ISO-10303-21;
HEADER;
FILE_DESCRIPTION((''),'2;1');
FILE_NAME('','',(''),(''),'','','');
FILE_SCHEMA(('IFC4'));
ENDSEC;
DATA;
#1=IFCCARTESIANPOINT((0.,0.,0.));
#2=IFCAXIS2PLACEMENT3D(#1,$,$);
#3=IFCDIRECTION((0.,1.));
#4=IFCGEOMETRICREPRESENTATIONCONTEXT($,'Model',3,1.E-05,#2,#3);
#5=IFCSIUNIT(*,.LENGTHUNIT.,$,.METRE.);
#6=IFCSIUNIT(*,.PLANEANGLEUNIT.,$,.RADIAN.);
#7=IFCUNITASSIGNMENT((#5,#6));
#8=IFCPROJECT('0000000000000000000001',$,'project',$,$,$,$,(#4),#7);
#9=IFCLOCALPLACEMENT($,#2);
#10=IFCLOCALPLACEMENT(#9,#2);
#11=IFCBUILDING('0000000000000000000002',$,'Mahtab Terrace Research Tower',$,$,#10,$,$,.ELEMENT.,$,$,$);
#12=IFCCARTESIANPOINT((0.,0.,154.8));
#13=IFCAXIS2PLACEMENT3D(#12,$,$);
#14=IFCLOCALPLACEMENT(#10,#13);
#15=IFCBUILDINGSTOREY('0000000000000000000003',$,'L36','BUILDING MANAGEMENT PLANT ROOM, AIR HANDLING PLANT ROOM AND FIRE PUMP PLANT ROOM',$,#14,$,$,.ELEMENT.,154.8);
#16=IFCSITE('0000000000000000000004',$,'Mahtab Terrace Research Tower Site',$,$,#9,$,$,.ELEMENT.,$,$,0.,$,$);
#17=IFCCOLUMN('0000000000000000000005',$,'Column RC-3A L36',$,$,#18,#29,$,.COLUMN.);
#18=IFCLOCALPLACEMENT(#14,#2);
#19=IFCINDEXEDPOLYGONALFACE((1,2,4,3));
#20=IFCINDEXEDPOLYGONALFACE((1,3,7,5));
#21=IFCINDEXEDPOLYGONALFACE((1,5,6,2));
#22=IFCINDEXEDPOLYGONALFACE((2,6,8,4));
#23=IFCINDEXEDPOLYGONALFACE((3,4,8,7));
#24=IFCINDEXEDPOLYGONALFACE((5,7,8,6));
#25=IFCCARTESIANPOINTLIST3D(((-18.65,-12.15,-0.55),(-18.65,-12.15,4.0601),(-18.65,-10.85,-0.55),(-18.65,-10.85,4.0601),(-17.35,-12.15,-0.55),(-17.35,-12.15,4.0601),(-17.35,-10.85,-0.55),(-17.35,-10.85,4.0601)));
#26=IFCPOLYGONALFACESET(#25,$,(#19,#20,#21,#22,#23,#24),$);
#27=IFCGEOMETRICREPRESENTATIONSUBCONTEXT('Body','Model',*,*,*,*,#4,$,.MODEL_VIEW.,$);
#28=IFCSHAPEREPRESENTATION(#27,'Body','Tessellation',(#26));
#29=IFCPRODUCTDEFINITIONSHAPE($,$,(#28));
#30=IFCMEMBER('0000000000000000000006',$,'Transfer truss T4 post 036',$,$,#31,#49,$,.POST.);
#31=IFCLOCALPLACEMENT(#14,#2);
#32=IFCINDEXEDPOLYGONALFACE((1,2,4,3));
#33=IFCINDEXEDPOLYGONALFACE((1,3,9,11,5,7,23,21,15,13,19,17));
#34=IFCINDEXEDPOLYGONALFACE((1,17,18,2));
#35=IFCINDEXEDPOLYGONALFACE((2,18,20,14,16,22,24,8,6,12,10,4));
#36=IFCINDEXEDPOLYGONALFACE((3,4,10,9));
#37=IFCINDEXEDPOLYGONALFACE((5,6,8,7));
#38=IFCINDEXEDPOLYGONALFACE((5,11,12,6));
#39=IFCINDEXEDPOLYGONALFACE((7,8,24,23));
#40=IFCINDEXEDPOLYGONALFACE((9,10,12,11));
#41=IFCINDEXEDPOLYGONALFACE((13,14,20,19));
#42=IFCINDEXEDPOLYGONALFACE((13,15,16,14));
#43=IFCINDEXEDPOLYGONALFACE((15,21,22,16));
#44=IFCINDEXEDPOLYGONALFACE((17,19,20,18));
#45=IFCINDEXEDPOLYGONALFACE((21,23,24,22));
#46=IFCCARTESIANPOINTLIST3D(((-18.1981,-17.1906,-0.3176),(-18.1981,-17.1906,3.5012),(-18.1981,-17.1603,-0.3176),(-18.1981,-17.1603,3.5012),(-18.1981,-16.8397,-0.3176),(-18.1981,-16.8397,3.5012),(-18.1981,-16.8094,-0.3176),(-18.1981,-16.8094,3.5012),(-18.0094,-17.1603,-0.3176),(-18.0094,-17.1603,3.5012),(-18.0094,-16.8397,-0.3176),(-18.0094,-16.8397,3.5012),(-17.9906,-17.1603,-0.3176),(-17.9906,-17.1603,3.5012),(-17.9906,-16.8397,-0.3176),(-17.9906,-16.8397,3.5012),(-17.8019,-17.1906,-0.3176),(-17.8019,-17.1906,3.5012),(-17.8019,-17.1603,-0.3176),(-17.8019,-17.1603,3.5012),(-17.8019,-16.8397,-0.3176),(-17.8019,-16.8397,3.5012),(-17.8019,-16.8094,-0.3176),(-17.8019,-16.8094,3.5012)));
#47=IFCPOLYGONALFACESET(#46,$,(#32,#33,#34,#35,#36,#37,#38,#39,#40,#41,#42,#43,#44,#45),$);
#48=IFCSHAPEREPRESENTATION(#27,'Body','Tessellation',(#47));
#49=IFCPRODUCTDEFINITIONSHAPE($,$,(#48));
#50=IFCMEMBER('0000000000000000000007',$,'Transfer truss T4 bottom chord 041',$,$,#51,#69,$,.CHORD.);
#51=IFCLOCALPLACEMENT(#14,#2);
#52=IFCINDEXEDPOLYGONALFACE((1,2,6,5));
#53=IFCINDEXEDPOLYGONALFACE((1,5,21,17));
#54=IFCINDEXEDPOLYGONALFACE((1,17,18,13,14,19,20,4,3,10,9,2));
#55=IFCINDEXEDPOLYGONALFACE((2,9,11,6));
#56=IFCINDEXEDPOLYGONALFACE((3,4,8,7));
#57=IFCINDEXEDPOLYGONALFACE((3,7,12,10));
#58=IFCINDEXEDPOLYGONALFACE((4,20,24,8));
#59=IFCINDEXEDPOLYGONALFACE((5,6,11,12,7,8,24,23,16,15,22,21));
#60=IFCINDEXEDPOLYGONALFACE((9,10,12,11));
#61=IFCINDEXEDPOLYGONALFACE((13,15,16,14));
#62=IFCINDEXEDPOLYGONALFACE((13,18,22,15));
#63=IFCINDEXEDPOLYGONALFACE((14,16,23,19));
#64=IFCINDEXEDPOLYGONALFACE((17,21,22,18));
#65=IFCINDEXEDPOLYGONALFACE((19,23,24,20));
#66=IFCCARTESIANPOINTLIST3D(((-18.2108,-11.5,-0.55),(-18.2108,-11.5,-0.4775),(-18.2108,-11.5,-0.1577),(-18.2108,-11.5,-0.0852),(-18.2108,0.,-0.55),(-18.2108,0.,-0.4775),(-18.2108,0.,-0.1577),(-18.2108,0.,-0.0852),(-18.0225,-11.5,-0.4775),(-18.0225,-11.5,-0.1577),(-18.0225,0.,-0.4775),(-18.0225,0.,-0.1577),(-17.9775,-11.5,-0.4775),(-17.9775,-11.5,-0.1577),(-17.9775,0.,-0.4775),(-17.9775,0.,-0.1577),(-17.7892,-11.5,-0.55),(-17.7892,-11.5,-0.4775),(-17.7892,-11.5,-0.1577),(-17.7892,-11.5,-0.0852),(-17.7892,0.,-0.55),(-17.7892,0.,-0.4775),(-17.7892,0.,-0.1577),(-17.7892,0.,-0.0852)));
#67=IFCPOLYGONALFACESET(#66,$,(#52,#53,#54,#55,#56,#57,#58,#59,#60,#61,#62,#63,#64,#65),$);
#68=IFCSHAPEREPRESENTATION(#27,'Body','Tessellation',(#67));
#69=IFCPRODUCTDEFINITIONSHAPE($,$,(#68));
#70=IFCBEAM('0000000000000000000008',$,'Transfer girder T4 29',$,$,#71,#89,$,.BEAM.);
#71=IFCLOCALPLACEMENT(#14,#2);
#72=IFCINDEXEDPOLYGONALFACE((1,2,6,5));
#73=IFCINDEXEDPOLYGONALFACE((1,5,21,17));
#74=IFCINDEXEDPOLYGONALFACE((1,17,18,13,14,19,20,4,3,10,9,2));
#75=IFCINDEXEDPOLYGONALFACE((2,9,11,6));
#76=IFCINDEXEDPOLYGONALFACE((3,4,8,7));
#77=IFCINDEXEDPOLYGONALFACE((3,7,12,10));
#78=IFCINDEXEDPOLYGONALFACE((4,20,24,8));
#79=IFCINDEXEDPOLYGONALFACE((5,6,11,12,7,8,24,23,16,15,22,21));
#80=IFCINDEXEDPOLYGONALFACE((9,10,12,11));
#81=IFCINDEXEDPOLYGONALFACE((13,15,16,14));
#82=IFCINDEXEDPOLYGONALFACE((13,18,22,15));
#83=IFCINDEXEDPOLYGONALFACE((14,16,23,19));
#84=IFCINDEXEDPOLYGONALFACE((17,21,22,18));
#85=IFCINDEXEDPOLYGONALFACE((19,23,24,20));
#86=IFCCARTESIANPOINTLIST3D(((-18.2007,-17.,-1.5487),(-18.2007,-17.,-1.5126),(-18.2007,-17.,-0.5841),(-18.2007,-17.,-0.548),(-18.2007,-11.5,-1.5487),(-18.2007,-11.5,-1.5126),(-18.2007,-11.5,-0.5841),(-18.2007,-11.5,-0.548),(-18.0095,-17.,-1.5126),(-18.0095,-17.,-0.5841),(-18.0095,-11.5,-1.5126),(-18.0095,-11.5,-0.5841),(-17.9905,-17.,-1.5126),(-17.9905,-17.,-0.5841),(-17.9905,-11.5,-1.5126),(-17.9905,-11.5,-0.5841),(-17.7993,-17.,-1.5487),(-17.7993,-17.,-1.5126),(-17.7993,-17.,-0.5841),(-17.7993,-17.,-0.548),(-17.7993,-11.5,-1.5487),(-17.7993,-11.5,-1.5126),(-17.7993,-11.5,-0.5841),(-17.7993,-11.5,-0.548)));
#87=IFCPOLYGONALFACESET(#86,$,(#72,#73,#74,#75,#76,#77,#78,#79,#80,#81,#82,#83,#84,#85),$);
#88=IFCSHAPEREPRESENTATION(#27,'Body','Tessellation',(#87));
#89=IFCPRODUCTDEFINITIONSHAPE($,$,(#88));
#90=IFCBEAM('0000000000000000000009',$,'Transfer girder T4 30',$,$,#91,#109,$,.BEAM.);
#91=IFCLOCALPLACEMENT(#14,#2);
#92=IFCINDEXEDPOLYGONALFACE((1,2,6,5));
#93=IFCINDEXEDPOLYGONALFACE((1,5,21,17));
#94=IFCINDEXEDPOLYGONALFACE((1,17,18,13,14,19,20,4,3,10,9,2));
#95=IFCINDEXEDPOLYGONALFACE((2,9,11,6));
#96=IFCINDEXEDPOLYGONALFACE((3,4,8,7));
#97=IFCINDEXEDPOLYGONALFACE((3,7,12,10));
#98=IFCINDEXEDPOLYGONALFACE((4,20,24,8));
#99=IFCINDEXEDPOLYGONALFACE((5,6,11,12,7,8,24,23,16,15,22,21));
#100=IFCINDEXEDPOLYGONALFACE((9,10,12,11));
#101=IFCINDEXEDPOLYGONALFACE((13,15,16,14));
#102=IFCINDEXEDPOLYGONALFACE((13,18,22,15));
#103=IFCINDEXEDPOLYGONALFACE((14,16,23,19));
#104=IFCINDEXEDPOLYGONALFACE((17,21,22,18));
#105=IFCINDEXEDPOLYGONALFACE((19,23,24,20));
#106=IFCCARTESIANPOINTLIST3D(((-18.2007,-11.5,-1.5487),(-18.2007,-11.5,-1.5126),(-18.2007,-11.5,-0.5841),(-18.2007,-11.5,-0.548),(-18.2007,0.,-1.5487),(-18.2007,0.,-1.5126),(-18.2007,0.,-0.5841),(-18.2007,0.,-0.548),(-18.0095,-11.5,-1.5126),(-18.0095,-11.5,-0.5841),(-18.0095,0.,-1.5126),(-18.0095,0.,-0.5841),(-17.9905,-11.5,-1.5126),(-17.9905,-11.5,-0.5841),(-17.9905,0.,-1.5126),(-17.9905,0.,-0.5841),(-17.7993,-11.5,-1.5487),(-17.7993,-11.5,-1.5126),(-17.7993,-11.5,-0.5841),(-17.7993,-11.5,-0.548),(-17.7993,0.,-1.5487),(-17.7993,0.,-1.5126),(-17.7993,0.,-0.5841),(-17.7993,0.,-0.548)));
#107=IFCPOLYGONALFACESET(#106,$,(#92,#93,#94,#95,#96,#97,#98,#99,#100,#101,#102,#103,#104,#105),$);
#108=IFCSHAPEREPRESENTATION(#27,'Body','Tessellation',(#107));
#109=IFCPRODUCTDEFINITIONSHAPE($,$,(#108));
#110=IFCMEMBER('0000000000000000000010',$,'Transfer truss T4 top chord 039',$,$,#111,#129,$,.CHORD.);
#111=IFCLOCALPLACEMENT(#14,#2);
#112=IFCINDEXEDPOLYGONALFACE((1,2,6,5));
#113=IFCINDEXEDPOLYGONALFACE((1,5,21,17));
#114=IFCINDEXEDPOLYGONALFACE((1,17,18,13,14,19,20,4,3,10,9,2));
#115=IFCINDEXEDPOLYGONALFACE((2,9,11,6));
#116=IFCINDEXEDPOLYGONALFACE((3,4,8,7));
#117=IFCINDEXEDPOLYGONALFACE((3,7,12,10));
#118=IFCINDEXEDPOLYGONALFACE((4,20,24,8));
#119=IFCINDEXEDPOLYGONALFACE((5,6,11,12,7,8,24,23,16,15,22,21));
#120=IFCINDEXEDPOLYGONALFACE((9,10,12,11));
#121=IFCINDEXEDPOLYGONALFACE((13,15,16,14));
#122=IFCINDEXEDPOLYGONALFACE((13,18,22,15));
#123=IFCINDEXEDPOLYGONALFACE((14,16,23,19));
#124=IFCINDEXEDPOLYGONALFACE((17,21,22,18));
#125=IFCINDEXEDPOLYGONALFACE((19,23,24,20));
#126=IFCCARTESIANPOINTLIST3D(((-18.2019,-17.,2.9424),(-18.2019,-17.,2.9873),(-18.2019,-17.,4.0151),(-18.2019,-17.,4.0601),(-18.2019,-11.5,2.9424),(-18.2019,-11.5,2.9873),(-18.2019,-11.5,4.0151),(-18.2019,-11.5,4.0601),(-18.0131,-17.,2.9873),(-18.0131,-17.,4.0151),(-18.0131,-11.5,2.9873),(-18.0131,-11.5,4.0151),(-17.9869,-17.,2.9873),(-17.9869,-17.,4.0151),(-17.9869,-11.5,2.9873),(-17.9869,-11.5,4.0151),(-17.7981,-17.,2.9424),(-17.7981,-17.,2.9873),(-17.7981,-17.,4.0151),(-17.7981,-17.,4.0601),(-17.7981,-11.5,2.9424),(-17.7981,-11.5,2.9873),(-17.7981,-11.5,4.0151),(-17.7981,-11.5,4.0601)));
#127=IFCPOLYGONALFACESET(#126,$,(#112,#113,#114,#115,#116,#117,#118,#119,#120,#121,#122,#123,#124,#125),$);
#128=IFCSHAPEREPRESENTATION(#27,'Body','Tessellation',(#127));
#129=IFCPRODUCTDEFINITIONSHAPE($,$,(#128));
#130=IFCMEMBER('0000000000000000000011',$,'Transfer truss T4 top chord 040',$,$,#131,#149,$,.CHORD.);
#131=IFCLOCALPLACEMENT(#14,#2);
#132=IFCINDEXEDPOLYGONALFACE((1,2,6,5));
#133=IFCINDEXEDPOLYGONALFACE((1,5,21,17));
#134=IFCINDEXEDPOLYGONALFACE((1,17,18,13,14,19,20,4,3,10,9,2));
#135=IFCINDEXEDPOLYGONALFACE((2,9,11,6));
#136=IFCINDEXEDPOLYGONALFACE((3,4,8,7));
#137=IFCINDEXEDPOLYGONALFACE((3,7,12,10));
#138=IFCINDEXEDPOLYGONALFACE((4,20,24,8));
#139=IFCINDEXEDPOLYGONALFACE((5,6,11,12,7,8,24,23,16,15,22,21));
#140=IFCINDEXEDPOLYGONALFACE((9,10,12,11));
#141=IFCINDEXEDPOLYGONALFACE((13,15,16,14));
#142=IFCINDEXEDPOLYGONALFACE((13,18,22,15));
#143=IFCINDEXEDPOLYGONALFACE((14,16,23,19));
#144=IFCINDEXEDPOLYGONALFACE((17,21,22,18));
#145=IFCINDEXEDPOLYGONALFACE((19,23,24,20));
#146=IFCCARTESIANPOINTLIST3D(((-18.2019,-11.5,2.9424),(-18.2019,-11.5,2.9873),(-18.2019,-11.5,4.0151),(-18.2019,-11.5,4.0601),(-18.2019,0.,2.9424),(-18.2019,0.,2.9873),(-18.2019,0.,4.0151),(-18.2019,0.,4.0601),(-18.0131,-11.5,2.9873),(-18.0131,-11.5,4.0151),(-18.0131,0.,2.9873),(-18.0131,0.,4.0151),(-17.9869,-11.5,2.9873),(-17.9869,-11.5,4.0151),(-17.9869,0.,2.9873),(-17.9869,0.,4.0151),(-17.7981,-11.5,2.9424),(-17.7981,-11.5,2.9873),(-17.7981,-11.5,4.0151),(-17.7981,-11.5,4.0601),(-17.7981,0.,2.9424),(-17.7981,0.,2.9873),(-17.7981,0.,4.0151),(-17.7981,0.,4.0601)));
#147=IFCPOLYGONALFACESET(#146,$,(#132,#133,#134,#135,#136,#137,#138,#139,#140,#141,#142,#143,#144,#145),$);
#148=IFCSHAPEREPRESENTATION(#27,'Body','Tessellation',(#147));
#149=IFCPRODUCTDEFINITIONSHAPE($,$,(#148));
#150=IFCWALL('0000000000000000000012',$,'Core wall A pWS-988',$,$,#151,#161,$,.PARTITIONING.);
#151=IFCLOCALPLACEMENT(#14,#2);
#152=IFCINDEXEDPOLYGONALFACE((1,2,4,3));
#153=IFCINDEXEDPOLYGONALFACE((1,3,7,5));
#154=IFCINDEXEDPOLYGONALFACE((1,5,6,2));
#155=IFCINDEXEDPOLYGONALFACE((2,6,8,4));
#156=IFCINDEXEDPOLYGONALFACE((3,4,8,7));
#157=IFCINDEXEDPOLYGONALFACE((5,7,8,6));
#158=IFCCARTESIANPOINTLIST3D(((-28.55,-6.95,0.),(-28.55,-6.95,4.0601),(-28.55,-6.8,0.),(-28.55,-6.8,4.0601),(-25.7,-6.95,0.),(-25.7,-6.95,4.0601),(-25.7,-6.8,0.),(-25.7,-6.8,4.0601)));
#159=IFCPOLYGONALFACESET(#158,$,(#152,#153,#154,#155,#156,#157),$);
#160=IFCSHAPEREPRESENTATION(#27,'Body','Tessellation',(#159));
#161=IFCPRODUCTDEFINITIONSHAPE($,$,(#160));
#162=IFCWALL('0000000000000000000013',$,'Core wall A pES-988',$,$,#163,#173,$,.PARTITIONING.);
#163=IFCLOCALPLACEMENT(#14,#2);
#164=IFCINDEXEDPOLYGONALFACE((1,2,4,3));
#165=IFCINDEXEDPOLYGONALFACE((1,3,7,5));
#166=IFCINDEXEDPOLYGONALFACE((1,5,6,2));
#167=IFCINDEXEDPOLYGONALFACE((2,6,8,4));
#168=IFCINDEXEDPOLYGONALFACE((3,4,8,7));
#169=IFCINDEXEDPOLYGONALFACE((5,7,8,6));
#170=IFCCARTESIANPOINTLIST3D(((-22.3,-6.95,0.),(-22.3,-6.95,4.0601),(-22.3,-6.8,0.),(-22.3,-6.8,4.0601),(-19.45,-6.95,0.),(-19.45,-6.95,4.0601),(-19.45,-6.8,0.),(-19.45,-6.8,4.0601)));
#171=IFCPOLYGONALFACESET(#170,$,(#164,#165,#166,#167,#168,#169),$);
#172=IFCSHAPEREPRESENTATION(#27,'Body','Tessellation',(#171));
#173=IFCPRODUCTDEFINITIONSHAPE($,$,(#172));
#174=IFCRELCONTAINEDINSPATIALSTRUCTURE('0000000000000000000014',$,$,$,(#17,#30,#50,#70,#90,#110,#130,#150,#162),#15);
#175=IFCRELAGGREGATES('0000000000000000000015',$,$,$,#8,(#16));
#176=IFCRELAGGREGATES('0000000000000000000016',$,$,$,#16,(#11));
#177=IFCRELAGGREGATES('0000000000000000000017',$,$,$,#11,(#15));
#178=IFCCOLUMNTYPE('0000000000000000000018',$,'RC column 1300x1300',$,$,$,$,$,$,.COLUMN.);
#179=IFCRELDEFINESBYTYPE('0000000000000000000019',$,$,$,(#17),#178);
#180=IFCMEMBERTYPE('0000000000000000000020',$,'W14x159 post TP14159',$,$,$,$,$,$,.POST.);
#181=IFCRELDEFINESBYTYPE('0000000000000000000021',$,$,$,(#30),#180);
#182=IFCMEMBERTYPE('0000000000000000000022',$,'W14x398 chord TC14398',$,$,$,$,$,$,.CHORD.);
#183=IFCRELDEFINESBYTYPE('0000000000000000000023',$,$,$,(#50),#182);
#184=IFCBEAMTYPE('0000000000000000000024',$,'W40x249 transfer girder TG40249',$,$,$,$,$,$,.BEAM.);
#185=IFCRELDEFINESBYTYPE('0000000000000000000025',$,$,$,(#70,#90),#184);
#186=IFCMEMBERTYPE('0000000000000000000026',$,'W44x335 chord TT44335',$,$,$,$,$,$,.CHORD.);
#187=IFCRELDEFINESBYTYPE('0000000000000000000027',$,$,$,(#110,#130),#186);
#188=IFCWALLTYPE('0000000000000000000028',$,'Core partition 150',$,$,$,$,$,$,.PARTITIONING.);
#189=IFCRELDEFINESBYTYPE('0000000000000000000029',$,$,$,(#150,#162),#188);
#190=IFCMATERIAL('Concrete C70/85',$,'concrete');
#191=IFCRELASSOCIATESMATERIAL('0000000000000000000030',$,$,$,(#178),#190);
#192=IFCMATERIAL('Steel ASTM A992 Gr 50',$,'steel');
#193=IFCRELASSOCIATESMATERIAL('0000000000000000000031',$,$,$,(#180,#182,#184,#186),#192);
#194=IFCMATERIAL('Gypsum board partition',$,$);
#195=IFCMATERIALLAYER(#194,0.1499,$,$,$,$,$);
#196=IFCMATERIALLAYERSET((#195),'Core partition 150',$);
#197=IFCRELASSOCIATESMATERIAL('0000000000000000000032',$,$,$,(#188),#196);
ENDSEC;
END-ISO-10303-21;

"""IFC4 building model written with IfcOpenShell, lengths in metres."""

from ifc_helpers import new_model, si_unit, direction, frame, frame_2d, origin, origin_2d, place, context, subcontext, project, spatial, rectangle, i_section, extrude, material, layer, layer_set, material_profile, profile_set, type_object, element, save


model = new_model("IFC4")

# Units and contexts
model_context = context("Model", 3, precision=1e-05, world=origin(), true_north=direction((0.0, 1.0)))
body_context = subcontext(model_context, "Body", "Model", "MODEL_VIEW")
ifc_project = project(units=[si_unit("LENGTHUNIT", "METRE"), si_unit("PLANEANGLEUNIT", "RADIAN")], contexts=[model_context])

# Site, building, storey
site_placement = place(None, origin())
site = spatial("IfcSite", under=ifc_project, at=site_placement, Name="Mahtab Terrace Research Tower Site", CompositionType="ELEMENT", RefElevation=0.0)
building_placement = place(site_placement, origin())
building = spatial("IfcBuilding", under=site, at=building_placement, Name="Mahtab Terrace Research Tower", CompositionType="ELEMENT")
storey_placement = place(building_placement, frame((0.0, 0.0, 154.8)))
storey = spatial("IfcBuildingStorey", under=building, at=storey_placement, Name="L36", Description="BUILDING MANAGEMENT PLANT ROOM, AIR HANDLING PLANT ROOM AND FIRE PUMP PLANT ROOM", CompositionType="ELEMENT", Elevation=154.8)

# Column
ifc_material_1 = material(Name="Concrete C70/85", Category="concrete")
ifc_material_profile_1 = material_profile(ifc_material_1, rectangle(XDim=1.3, YDim=1.3, at=origin_2d()), Name="RC column 1300x1300")
ifc_profile_set_1 = profile_set([ifc_material_profile_1], Name="Concrete C70/85")
column_type = type_object("IfcColumnType", Name="RC column 1300x1300", PredefinedType="COLUMN", material=ifc_profile_set_1)
column_placement = place(storey_placement, frame((-18.0, -11.5, -0.55), z_axis=(0.0, 0.0, 1.0), x_axis=(1.0, 0.0, 0.0)))
element("IfcColumn", 1, at=column_placement, inside=storey, type_object=column_type, Name="Column RC-3A L36", PredefinedType="COLUMN", context=body_context, shape_type="SweptSolid", body=[
    extrude(rectangle(XDim=1.3, YDim=1.3, at=origin_2d()), origin(), (0.0, 0.0, 1.0), 4.6101),
])

# Members
ifc_material_2 = material(Name="Steel ASTM A992 Gr 50", Category="steel")
ifc_material_profile_2 = material_profile(ifc_material_2, i_section(OverallWidth=0.3962, OverallDepth=0.3811, WebThickness=0.0188, FlangeThickness=0.0303, at=origin_2d()), Name="W14X159")
ifc_profile_set_2 = profile_set([ifc_material_profile_2], Name="Steel ASTM A992 Gr 50")
member_type_1 = type_object("IfcMemberType", Name="W14x159 post TP14159", PredefinedType="POST", material=ifc_profile_set_2)
member_1_placement = place(storey_placement, frame((-18.0, -17.0, -0.3176), z_axis=(0.0, 0.0, 1.0), x_axis=(1.0, 0.0, 0.0)))
element("IfcMember", 2, at=member_1_placement, inside=storey, type_object=member_type_1, Name="Transfer truss T4 post 036", PredefinedType="POST", context=body_context, shape_type="SweptSolid", body=[
    extrude(i_section(OverallWidth=0.3962, OverallDepth=0.3811, WebThickness=0.0188, FlangeThickness=0.0303, at=origin_2d()), origin(), (0.0, 0.0, 1.0), 3.8188),
])
ifc_material_profile_3 = material_profile(ifc_material_2, i_section(OverallWidth=0.4216, OverallDepth=0.4648, WebThickness=0.0449, FlangeThickness=0.0725, at=origin_2d()), Name="W14X398")
ifc_profile_set_3 = profile_set([ifc_material_profile_3], Name="Steel ASTM A992 Gr 50")
member_type_2 = type_object("IfcMemberType", Name="W14x398 chord TC14398", PredefinedType="CHORD", material=ifc_profile_set_3)
member_2_placement = place(storey_placement, frame((-18.0, -11.5, -0.3176), z_axis=(0.0, 1.0, 0.0), x_axis=(-1.0, 0.0, 0.0)))
element("IfcMember", 3, at=member_2_placement, inside=storey, type_object=member_type_2, Name="Transfer truss T4 bottom chord 041", PredefinedType="CHORD", context=body_context, shape_type="SweptSolid", body=[
    extrude(i_section(OverallWidth=0.4216, OverallDepth=0.4648, WebThickness=0.0449, FlangeThickness=0.0725, at=origin_2d()), origin(), (0.0, 0.0, 1.0), 11.5),
])

# Beams
ifc_material_profile_4 = material_profile(ifc_material_2, i_section(OverallWidth=0.4014, OverallDepth=1.0007, WebThickness=0.019, FlangeThickness=0.0361, at=origin_2d()), Name="W40X249")
ifc_profile_set_4 = profile_set([ifc_material_profile_4], Name="Steel ASTM A992 Gr 50")
beam_type = type_object("IfcBeamType", Name="W40x249 transfer girder TG40249", PredefinedType="BEAM", material=ifc_profile_set_4)
beam_1_placement = place(storey_placement, frame((-18.0, -17.0, -1.0483), z_axis=(0.0, 1.0, 0.0), x_axis=(-1.0, 0.0, 0.0)))
element("IfcBeam", 4, at=beam_1_placement, inside=storey, type_object=beam_type, Name="Transfer girder T4 29", PredefinedType="BEAM", context=body_context, shape_type="SweptSolid", body=[
    extrude(i_section(OverallWidth=0.4014, OverallDepth=1.0007, WebThickness=0.019, FlangeThickness=0.0361, at=origin_2d()), origin(), (0.0, 0.0, 1.0), 5.5),
])
beam_2_placement = place(storey_placement, frame((-18.0, -11.5, -1.0483), z_axis=(0.0, 1.0, 0.0), x_axis=(-1.0, 0.0, 0.0)))
element("IfcBeam", 5, at=beam_2_placement, inside=storey, type_object=beam_type, Name="Transfer girder T4 30", PredefinedType="BEAM", context=body_context, shape_type="SweptSolid", body=[
    extrude(i_section(OverallWidth=0.4014, OverallDepth=1.0007, WebThickness=0.019, FlangeThickness=0.0361, at=origin_2d()), origin(), (0.0, 0.0, 1.0), 11.5),
])

# Members
ifc_material_profile_5 = material_profile(ifc_material_2, i_section(OverallWidth=0.4038, OverallDepth=1.1177, WebThickness=0.0261, FlangeThickness=0.0449, at=origin_2d()), Name="W44X335")
ifc_profile_set_5 = profile_set([ifc_material_profile_5], Name="Steel ASTM A992 Gr 50")
member_type_3 = type_object("IfcMemberType", Name="W44x335 chord TT44335", PredefinedType="CHORD", material=ifc_profile_set_5)
member_3_placement = place(storey_placement, frame((-18.0, -17.0, 3.5012), z_axis=(0.0, 1.0, 0.0), x_axis=(-1.0, 0.0, 0.0)))
element("IfcMember", 6, at=member_3_placement, inside=storey, type_object=member_type_3, Name="Transfer truss T4 top chord 039", PredefinedType="CHORD", context=body_context, shape_type="SweptSolid", body=[
    extrude(i_section(OverallWidth=0.4038, OverallDepth=1.1177, WebThickness=0.0261, FlangeThickness=0.0449, at=origin_2d()), origin(), (0.0, 0.0, 1.0), 5.5),
])
member_4_placement = place(storey_placement, frame((-18.0, -11.5, 3.5012), z_axis=(0.0, 1.0, 0.0), x_axis=(-1.0, 0.0, 0.0)))
element("IfcMember", 7, at=member_4_placement, inside=storey, type_object=member_type_3, Name="Transfer truss T4 top chord 040", PredefinedType="CHORD", context=body_context, shape_type="SweptSolid", body=[
    extrude(i_section(OverallWidth=0.4038, OverallDepth=1.1177, WebThickness=0.0261, FlangeThickness=0.0449, at=origin_2d()), origin(), (0.0, 0.0, 1.0), 11.5),
])

# Walls
ifc_material_3 = material(Name="Gypsum board partition")
ifc_layer_1 = layer(ifc_material_3, 0.1499)
ifc_layer_set_1 = layer_set([ifc_layer_1], Name="Core partition 150")
wall_type_1 = type_object("IfcWallType", Name="Core partition 150", PredefinedType="PARTITIONING", material=ifc_layer_set_1)
for number, where, z_axis, x_axis, name in (
    (8, (-28.55, -6.875, 0.0), (0.0, 0.0, 1.0), (1.0, 0.0, 0.0), "Core wall A pWS-988"),
    (9, (-22.3, -6.875, 0.0), (0.0, 0.0, 1.0), (1.0, 0.0, 0.0), "Core wall A pES-988"),
):
    element("IfcWall", number, at=place(storey_placement, frame(where, z_axis=z_axis, x_axis=x_axis)), inside=storey, type_object=wall_type_1, Name=name, PredefinedType="PARTITIONING", context=body_context, shape_type="SweptSolid", body=[
        extrude(rectangle(XDim=2.8501, YDim=0.1499, at=frame_2d((1.425, 0.0))), origin(), (0.0, 0.0, 1.0), 4.0601),
    ])

save(model, "model.ifc")
